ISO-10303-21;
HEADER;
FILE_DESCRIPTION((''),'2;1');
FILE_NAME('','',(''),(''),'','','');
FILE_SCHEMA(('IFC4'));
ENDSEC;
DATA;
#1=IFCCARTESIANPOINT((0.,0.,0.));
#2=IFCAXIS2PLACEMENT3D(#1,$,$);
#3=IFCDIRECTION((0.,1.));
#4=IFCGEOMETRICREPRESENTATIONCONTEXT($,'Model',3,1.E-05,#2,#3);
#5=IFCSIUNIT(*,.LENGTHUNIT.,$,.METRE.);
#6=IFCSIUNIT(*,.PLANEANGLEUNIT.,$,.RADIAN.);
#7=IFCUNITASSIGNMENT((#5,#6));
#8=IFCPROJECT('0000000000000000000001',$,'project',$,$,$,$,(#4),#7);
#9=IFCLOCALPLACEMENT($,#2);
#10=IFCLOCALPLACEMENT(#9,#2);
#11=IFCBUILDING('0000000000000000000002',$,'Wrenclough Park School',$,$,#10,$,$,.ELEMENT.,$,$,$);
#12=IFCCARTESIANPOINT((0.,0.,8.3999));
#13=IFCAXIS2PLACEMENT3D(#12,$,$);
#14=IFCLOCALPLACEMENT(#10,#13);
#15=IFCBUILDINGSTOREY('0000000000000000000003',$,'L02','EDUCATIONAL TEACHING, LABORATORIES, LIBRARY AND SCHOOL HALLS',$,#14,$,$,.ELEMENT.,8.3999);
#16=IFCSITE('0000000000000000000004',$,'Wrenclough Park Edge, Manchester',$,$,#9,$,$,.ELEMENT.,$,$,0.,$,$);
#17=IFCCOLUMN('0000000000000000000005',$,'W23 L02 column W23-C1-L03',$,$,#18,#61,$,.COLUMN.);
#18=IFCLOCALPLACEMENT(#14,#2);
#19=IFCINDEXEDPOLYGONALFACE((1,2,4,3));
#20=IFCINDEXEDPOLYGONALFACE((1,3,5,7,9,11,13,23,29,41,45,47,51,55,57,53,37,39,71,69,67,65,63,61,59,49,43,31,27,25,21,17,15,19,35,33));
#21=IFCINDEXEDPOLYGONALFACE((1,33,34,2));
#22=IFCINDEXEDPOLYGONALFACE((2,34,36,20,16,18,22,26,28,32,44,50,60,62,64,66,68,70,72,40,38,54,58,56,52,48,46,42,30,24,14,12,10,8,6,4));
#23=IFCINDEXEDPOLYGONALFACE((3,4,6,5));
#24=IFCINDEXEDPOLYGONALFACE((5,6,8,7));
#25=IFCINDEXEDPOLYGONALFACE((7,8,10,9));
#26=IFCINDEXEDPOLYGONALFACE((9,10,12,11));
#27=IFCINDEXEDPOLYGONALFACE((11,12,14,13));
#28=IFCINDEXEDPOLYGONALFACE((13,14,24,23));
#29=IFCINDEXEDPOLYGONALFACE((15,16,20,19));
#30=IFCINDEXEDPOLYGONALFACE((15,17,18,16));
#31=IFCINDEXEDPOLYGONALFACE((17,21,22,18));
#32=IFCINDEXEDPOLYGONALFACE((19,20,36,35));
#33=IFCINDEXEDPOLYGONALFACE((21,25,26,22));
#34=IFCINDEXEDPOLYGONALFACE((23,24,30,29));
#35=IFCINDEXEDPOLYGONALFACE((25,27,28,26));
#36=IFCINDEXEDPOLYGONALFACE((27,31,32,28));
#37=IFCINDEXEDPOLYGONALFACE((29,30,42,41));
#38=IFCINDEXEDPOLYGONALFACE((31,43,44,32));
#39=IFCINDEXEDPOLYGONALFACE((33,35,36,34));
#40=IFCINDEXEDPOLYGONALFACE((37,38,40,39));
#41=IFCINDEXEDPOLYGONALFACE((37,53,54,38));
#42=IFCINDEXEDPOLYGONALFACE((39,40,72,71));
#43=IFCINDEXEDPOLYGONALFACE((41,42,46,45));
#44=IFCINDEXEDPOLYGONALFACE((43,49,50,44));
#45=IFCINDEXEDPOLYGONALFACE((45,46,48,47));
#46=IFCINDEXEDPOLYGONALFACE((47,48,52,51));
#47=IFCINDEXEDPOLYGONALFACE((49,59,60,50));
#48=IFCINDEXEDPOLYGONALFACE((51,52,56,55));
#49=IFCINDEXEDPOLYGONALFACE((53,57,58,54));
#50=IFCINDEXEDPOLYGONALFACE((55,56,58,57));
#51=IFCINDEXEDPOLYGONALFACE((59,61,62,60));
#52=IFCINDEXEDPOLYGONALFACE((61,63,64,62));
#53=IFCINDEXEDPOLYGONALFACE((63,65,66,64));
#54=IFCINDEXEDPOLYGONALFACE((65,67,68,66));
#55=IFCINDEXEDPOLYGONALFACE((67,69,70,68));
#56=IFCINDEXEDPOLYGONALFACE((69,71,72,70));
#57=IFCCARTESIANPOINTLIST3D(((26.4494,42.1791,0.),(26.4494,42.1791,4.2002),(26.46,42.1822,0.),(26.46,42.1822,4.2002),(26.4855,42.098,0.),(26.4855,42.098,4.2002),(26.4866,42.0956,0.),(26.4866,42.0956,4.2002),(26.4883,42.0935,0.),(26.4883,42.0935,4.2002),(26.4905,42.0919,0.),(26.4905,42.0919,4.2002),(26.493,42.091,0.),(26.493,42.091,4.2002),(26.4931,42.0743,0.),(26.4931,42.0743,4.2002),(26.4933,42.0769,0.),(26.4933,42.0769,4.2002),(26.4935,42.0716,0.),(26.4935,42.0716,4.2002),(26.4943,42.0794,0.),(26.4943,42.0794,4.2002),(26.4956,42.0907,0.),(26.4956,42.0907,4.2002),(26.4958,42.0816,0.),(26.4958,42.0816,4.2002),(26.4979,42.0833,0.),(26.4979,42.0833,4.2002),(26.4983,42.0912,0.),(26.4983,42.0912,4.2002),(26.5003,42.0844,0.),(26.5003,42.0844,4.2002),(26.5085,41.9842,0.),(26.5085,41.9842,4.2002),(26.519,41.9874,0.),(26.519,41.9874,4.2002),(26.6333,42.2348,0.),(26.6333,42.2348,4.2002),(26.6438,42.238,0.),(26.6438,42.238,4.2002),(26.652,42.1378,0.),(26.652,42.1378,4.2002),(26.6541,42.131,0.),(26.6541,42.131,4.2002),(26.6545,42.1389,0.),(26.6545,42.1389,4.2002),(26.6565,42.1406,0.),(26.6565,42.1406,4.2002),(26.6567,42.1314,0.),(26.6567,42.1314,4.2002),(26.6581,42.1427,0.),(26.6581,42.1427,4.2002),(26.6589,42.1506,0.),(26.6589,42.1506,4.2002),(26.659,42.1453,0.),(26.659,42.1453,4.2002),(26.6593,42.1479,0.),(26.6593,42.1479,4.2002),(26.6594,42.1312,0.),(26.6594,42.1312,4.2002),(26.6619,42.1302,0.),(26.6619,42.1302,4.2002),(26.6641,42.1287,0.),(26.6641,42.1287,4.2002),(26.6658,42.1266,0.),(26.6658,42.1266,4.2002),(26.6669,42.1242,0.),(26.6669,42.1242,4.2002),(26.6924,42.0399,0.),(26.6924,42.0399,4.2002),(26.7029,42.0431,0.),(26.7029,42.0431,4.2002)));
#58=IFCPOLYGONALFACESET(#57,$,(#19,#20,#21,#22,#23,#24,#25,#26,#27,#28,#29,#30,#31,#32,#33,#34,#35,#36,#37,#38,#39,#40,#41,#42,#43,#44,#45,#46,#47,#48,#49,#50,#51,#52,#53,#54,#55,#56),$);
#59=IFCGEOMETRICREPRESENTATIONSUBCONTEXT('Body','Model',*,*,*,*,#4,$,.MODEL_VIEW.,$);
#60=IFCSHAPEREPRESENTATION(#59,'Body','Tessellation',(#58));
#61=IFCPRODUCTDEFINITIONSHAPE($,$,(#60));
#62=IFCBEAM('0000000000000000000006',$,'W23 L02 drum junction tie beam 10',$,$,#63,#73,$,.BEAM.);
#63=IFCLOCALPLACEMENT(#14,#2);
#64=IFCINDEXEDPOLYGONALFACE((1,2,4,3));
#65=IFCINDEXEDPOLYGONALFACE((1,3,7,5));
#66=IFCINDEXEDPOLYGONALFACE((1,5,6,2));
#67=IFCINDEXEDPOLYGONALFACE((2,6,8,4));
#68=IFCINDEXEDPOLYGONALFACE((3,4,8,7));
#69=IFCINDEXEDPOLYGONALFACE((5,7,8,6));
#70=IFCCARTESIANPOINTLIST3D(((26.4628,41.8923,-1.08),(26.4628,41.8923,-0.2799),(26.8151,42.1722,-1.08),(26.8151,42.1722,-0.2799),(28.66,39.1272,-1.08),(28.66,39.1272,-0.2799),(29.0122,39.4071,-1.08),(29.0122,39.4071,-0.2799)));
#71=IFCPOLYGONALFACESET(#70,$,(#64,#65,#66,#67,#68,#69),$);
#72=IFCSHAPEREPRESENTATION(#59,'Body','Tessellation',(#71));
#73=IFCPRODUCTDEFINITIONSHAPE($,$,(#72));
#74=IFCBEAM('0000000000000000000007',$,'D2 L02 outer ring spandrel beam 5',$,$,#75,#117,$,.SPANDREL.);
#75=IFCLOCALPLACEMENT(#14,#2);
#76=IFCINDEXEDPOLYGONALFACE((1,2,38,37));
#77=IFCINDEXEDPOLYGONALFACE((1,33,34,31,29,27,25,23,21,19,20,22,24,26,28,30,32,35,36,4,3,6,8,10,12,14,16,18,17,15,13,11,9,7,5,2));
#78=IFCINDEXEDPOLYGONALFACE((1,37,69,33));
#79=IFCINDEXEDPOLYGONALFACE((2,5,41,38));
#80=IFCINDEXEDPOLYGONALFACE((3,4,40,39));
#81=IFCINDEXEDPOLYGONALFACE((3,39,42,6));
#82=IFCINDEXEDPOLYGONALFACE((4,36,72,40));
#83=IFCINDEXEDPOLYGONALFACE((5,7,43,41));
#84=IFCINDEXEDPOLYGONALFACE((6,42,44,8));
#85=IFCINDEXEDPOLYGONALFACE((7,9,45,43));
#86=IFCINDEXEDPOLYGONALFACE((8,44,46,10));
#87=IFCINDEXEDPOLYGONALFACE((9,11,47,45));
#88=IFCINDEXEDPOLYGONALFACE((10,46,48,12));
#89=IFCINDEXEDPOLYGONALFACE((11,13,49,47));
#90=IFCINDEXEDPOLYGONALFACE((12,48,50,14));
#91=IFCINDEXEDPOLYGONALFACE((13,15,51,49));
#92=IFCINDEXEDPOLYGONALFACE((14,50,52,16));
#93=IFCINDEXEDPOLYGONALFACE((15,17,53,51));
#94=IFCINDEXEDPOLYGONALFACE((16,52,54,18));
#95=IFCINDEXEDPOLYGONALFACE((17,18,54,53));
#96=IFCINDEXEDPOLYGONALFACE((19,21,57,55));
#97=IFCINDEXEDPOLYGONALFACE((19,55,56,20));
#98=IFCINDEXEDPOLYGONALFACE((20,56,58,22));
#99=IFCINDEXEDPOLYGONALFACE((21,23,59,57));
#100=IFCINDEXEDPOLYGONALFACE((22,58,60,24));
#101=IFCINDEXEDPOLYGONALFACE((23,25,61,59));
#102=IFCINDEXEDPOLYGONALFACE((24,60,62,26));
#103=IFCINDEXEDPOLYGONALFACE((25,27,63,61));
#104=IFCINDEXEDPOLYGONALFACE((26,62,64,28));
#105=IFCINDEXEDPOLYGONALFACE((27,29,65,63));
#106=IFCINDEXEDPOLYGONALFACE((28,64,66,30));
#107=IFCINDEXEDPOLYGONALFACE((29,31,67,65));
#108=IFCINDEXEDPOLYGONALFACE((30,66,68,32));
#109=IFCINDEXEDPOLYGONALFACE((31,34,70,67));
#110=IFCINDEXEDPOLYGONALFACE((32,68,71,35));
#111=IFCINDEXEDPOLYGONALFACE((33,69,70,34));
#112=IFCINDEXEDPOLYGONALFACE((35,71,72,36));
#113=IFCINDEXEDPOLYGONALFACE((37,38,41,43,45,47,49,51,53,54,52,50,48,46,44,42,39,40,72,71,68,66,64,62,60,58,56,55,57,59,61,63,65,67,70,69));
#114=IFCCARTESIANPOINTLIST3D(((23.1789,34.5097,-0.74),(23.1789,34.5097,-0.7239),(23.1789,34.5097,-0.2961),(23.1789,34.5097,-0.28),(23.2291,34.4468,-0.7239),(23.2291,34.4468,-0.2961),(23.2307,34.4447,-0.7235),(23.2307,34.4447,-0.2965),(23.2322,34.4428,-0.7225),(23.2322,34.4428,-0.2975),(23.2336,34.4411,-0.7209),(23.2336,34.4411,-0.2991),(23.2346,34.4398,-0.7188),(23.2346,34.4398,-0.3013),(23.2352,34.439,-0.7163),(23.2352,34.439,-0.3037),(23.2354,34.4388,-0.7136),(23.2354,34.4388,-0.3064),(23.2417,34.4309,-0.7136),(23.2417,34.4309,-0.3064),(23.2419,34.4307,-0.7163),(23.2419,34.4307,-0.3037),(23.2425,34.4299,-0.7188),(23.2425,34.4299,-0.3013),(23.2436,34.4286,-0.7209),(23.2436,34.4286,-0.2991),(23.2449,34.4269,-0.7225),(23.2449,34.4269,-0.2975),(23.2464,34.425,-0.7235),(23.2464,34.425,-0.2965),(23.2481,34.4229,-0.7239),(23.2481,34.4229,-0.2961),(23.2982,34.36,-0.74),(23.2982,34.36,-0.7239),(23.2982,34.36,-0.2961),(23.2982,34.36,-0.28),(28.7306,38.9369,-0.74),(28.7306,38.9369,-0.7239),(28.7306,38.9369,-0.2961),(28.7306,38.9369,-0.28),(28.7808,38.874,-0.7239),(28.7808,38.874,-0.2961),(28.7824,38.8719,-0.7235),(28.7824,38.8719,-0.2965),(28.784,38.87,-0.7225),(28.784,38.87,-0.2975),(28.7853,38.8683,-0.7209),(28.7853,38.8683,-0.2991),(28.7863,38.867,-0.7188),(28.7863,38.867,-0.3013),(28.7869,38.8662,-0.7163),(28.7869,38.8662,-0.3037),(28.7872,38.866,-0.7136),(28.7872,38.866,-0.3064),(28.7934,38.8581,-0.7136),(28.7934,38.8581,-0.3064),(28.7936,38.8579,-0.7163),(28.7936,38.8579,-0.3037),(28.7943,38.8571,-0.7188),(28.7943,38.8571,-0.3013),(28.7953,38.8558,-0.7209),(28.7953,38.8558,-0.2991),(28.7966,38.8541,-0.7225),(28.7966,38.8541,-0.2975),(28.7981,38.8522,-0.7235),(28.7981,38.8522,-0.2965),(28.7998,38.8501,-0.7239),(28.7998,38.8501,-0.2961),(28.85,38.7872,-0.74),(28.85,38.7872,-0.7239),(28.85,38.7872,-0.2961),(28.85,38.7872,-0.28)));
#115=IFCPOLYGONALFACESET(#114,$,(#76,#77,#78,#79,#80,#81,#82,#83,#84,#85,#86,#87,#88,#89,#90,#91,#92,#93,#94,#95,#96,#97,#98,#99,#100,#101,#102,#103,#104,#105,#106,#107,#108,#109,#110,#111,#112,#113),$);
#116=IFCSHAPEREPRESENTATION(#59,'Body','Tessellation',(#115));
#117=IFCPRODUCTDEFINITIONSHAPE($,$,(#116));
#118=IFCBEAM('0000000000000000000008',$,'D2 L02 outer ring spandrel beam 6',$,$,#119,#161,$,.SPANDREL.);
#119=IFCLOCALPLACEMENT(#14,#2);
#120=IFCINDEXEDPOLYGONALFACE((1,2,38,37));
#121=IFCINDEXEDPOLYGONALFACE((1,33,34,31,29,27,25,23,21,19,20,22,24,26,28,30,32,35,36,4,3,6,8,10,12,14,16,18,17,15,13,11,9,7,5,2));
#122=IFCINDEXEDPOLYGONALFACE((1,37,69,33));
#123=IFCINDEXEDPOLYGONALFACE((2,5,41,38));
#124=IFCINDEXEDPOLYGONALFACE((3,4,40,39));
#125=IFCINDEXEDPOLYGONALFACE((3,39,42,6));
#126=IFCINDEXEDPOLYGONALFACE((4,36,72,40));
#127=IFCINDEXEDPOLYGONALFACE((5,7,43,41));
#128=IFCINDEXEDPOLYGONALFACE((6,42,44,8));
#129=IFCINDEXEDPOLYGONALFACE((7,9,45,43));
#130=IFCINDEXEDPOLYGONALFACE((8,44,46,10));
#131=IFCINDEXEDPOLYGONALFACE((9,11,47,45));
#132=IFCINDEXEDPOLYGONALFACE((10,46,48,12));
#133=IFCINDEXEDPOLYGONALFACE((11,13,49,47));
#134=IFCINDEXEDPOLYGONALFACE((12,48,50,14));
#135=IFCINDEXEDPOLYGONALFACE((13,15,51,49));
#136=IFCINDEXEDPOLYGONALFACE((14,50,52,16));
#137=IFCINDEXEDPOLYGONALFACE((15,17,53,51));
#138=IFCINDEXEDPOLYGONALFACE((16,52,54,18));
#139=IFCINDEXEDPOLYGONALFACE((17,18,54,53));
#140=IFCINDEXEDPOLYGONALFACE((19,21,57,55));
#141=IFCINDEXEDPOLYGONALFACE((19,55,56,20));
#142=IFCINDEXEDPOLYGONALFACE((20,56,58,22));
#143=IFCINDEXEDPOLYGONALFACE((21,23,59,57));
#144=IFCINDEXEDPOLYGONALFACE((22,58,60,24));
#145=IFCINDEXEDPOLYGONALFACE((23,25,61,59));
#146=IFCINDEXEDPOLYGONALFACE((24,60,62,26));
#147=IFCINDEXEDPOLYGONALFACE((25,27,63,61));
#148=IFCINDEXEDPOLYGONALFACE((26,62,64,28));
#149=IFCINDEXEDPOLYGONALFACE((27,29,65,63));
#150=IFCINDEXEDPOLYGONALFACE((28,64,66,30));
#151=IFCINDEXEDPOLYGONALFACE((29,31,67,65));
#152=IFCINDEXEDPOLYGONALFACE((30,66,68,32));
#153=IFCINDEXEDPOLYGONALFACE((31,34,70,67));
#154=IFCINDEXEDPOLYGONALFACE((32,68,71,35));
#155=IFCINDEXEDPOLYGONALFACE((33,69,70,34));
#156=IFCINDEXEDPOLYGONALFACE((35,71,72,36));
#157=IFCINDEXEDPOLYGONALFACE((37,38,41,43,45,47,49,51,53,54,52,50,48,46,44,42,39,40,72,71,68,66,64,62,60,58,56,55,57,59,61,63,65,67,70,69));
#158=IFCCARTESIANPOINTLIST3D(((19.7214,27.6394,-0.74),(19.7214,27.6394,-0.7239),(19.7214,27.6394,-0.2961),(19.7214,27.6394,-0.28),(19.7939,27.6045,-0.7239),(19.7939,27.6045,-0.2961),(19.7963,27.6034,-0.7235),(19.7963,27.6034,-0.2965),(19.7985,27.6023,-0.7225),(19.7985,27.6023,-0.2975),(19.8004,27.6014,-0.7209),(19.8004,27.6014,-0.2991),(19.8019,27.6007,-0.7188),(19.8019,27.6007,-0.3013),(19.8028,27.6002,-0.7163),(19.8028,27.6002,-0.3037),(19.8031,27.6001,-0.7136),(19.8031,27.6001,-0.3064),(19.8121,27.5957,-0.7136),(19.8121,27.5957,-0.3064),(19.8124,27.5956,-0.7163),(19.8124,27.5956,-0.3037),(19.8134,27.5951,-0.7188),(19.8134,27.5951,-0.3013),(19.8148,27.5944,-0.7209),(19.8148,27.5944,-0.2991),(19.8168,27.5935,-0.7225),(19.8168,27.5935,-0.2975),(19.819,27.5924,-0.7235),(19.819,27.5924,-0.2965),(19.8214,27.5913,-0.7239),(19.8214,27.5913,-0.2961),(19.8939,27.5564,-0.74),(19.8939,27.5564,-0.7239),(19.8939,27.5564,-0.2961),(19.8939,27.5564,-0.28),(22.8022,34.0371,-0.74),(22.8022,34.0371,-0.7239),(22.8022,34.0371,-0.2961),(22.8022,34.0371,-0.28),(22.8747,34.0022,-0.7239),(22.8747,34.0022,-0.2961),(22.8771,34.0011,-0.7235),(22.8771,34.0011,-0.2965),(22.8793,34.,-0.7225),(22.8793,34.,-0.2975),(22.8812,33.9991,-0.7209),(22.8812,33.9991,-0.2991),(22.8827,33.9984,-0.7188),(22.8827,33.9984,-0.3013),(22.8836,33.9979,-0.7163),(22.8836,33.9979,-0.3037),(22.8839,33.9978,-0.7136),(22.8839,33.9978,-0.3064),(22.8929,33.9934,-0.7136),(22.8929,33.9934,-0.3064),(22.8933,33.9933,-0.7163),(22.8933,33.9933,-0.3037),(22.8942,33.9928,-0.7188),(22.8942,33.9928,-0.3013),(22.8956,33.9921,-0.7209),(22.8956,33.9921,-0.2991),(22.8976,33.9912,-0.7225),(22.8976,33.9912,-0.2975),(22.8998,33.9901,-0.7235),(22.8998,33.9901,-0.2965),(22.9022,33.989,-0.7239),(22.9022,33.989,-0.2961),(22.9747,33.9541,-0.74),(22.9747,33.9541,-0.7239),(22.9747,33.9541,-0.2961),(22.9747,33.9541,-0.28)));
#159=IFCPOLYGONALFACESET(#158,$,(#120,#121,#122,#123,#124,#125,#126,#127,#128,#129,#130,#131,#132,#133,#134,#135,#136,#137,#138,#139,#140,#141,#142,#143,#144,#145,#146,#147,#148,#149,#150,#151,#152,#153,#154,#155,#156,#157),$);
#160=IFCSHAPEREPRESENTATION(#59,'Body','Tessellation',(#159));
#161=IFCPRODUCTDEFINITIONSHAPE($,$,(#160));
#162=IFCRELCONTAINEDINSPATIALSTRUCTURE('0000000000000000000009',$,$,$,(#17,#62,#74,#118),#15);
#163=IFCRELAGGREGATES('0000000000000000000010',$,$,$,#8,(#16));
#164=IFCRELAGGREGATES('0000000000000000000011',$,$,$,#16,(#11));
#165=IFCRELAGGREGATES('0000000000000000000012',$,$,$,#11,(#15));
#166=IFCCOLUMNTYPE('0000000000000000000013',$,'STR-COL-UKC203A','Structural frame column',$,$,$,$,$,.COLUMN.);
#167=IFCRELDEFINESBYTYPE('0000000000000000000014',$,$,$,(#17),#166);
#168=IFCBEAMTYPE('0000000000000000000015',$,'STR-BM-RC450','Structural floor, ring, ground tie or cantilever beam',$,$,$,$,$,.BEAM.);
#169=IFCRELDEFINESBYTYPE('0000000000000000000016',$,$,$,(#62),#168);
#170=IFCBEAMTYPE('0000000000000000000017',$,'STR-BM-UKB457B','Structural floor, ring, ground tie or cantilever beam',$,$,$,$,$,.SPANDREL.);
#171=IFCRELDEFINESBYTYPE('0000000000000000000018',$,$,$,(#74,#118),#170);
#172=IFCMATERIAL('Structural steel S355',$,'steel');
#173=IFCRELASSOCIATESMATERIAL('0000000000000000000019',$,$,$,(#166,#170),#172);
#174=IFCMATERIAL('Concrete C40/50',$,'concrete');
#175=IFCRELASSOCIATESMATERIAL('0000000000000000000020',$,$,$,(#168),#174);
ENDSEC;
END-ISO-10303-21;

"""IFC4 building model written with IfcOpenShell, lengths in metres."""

from ifc_helpers import new_model, si_unit, direction, frame, origin, origin_2d, place, context, subcontext, project, spatial, rectangle, i_section, extrude, material, material_profile, profile_set, type_object, element, save


model = new_model("IFC4")

# Units and contexts
model_context = context("Model", 3, precision=1e-05, world=origin(), true_north=direction((0.0, 1.0)))
body_context = subcontext(model_context, "Body", "Model", "MODEL_VIEW")
ifc_project = project(units=[si_unit("LENGTHUNIT", "METRE"), si_unit("PLANEANGLEUNIT", "RADIAN")], contexts=[model_context])

# Site, building, storey
site_placement = place(None, origin())
site = spatial("IfcSite", under=ifc_project, at=site_placement, Name="Wrenclough Park Edge, Manchester", CompositionType="ELEMENT", RefElevation=0.0)
building_placement = place(site_placement, origin())
building = spatial("IfcBuilding", under=site, at=building_placement, Name="Wrenclough Park School", CompositionType="ELEMENT")
storey_placement = place(building_placement, frame((0.0, 0.0, 8.3999)))
storey = spatial("IfcBuildingStorey", under=building, at=storey_placement, Name="L02", Description="EDUCATIONAL TEACHING, LABORATORIES, LIBRARY AND SCHOOL HALLS", CompositionType="ELEMENT", Elevation=8.3999)

# Column
ifc_material_1 = material(Name="Concrete C40/50", Category="concrete")
ifc_material_2 = material(Name="Structural steel S355", Category="steel")
ifc_material_profile_1 = material_profile(ifc_material_2, i_section(OverallWidth=0.2036, OverallDepth=0.2031, WebThickness=0.0071, FlangeThickness=0.011, FilletRadius=0.0103, at=origin_2d()), Name="UKC 203x203x46")
ifc_profile_set_1 = profile_set([ifc_material_profile_1], Name="Structural steel S355")
column_type_1 = type_object("IfcColumnType", Name="STR-COL-UKC203A", Description="Structural frame column", PredefinedType="COLUMN", material=ifc_profile_set_1)
column_placement = place(storey_placement, frame((26.5762, 42.1111, 0.0), z_axis=(0.0, 0.0, 1.0), x_axis=(-0.290034, 0.957016, 0.0)))
element("IfcColumn", 1, at=column_placement, inside=storey, type_object=column_type_1, Name="W23 L02 column W23-C1-L03", PredefinedType="COLUMN", context=body_context, shape_type="SweptSolid", body=[
    extrude(i_section(OverallWidth=0.2036, OverallDepth=0.2031, WebThickness=0.0071, FlangeThickness=0.011, FilletRadius=0.0103, at=origin_2d()), origin(), (0.0, 0.0, 1.0), 4.2002),
])

# Beams
ifc_material_profile_2 = material_profile(ifc_material_1, rectangle(XDim=0.45, YDim=0.8, at=origin_2d()), Name="RC BEAM 450x800")
ifc_profile_set_2 = profile_set([ifc_material_profile_2], Name="Concrete C40/50")
beam_type_1 = type_object("IfcBeamType", Name="STR-BM-RC450", Description="Structural floor, ring, ground tie or cantilever beam", PredefinedType="BEAM", material=ifc_profile_set_2)
beam_1_placement = place(storey_placement, frame((26.6389, 42.0322, -0.6799), z_axis=(0.622129, -0.782915, 0.0), x_axis=(0.782915, 0.622129, 0.0)))
element("IfcBeam", 2, at=beam_1_placement, inside=storey, type_object=beam_type_1, Name="W23 L02 drum junction tie beam 10", PredefinedType="BEAM", context=body_context, shape_type="SweptSolid", body=[
    extrude(rectangle(XDim=0.45, YDim=0.8, at=origin_2d()), origin(), (0.0, 0.0, 1.0), 3.5317),
])
ifc_material_profile_3 = material_profile(ifc_material_2, i_section(OverallWidth=0.1914, OverallDepth=0.46, WebThickness=0.01, FlangeThickness=0.0161, FilletRadius=0.0103, at=origin_2d()), Name="UKB 457x191x82")
ifc_profile_set_3 = profile_set([ifc_material_profile_3], Name="Structural steel S355")
beam_type_2 = type_object("IfcBeamType", Name="STR-BM-UKB457B", Description="Structural floor, ring, ground tie or cantilever beam", PredefinedType="SPANDREL", material=ifc_profile_set_3)
for number, where, z_axis, x_axis, name in (
    (3, (28.7903, 38.8621, -0.51), (-0.781841, -0.623478, 0.0), (0.623478, -0.781841, 0.0), "D2 L02 outer ring spandrel beam 5"),
    (4, (22.8884, 33.9956, -0.51), (-0.433865, -0.900978, 0.0), (0.900978, -0.433865, 0.0), "D2 L02 outer ring spandrel beam 6"),
):
    element("IfcBeam", number, at=place(storey_placement, frame(where, z_axis=z_axis, x_axis=x_axis)), inside=storey, type_object=beam_type_2, Name=name, PredefinedType="SPANDREL", context=body_context, shape_type="SweptSolid", body=[
        extrude(i_section(OverallWidth=0.1914, OverallDepth=0.46, WebThickness=0.01, FlangeThickness=0.0161, FilletRadius=0.0103, at=origin_2d()), origin(), (0.0, 0.0, 1.0), 7.1008),
    ])

save(model, "model.ifc")
